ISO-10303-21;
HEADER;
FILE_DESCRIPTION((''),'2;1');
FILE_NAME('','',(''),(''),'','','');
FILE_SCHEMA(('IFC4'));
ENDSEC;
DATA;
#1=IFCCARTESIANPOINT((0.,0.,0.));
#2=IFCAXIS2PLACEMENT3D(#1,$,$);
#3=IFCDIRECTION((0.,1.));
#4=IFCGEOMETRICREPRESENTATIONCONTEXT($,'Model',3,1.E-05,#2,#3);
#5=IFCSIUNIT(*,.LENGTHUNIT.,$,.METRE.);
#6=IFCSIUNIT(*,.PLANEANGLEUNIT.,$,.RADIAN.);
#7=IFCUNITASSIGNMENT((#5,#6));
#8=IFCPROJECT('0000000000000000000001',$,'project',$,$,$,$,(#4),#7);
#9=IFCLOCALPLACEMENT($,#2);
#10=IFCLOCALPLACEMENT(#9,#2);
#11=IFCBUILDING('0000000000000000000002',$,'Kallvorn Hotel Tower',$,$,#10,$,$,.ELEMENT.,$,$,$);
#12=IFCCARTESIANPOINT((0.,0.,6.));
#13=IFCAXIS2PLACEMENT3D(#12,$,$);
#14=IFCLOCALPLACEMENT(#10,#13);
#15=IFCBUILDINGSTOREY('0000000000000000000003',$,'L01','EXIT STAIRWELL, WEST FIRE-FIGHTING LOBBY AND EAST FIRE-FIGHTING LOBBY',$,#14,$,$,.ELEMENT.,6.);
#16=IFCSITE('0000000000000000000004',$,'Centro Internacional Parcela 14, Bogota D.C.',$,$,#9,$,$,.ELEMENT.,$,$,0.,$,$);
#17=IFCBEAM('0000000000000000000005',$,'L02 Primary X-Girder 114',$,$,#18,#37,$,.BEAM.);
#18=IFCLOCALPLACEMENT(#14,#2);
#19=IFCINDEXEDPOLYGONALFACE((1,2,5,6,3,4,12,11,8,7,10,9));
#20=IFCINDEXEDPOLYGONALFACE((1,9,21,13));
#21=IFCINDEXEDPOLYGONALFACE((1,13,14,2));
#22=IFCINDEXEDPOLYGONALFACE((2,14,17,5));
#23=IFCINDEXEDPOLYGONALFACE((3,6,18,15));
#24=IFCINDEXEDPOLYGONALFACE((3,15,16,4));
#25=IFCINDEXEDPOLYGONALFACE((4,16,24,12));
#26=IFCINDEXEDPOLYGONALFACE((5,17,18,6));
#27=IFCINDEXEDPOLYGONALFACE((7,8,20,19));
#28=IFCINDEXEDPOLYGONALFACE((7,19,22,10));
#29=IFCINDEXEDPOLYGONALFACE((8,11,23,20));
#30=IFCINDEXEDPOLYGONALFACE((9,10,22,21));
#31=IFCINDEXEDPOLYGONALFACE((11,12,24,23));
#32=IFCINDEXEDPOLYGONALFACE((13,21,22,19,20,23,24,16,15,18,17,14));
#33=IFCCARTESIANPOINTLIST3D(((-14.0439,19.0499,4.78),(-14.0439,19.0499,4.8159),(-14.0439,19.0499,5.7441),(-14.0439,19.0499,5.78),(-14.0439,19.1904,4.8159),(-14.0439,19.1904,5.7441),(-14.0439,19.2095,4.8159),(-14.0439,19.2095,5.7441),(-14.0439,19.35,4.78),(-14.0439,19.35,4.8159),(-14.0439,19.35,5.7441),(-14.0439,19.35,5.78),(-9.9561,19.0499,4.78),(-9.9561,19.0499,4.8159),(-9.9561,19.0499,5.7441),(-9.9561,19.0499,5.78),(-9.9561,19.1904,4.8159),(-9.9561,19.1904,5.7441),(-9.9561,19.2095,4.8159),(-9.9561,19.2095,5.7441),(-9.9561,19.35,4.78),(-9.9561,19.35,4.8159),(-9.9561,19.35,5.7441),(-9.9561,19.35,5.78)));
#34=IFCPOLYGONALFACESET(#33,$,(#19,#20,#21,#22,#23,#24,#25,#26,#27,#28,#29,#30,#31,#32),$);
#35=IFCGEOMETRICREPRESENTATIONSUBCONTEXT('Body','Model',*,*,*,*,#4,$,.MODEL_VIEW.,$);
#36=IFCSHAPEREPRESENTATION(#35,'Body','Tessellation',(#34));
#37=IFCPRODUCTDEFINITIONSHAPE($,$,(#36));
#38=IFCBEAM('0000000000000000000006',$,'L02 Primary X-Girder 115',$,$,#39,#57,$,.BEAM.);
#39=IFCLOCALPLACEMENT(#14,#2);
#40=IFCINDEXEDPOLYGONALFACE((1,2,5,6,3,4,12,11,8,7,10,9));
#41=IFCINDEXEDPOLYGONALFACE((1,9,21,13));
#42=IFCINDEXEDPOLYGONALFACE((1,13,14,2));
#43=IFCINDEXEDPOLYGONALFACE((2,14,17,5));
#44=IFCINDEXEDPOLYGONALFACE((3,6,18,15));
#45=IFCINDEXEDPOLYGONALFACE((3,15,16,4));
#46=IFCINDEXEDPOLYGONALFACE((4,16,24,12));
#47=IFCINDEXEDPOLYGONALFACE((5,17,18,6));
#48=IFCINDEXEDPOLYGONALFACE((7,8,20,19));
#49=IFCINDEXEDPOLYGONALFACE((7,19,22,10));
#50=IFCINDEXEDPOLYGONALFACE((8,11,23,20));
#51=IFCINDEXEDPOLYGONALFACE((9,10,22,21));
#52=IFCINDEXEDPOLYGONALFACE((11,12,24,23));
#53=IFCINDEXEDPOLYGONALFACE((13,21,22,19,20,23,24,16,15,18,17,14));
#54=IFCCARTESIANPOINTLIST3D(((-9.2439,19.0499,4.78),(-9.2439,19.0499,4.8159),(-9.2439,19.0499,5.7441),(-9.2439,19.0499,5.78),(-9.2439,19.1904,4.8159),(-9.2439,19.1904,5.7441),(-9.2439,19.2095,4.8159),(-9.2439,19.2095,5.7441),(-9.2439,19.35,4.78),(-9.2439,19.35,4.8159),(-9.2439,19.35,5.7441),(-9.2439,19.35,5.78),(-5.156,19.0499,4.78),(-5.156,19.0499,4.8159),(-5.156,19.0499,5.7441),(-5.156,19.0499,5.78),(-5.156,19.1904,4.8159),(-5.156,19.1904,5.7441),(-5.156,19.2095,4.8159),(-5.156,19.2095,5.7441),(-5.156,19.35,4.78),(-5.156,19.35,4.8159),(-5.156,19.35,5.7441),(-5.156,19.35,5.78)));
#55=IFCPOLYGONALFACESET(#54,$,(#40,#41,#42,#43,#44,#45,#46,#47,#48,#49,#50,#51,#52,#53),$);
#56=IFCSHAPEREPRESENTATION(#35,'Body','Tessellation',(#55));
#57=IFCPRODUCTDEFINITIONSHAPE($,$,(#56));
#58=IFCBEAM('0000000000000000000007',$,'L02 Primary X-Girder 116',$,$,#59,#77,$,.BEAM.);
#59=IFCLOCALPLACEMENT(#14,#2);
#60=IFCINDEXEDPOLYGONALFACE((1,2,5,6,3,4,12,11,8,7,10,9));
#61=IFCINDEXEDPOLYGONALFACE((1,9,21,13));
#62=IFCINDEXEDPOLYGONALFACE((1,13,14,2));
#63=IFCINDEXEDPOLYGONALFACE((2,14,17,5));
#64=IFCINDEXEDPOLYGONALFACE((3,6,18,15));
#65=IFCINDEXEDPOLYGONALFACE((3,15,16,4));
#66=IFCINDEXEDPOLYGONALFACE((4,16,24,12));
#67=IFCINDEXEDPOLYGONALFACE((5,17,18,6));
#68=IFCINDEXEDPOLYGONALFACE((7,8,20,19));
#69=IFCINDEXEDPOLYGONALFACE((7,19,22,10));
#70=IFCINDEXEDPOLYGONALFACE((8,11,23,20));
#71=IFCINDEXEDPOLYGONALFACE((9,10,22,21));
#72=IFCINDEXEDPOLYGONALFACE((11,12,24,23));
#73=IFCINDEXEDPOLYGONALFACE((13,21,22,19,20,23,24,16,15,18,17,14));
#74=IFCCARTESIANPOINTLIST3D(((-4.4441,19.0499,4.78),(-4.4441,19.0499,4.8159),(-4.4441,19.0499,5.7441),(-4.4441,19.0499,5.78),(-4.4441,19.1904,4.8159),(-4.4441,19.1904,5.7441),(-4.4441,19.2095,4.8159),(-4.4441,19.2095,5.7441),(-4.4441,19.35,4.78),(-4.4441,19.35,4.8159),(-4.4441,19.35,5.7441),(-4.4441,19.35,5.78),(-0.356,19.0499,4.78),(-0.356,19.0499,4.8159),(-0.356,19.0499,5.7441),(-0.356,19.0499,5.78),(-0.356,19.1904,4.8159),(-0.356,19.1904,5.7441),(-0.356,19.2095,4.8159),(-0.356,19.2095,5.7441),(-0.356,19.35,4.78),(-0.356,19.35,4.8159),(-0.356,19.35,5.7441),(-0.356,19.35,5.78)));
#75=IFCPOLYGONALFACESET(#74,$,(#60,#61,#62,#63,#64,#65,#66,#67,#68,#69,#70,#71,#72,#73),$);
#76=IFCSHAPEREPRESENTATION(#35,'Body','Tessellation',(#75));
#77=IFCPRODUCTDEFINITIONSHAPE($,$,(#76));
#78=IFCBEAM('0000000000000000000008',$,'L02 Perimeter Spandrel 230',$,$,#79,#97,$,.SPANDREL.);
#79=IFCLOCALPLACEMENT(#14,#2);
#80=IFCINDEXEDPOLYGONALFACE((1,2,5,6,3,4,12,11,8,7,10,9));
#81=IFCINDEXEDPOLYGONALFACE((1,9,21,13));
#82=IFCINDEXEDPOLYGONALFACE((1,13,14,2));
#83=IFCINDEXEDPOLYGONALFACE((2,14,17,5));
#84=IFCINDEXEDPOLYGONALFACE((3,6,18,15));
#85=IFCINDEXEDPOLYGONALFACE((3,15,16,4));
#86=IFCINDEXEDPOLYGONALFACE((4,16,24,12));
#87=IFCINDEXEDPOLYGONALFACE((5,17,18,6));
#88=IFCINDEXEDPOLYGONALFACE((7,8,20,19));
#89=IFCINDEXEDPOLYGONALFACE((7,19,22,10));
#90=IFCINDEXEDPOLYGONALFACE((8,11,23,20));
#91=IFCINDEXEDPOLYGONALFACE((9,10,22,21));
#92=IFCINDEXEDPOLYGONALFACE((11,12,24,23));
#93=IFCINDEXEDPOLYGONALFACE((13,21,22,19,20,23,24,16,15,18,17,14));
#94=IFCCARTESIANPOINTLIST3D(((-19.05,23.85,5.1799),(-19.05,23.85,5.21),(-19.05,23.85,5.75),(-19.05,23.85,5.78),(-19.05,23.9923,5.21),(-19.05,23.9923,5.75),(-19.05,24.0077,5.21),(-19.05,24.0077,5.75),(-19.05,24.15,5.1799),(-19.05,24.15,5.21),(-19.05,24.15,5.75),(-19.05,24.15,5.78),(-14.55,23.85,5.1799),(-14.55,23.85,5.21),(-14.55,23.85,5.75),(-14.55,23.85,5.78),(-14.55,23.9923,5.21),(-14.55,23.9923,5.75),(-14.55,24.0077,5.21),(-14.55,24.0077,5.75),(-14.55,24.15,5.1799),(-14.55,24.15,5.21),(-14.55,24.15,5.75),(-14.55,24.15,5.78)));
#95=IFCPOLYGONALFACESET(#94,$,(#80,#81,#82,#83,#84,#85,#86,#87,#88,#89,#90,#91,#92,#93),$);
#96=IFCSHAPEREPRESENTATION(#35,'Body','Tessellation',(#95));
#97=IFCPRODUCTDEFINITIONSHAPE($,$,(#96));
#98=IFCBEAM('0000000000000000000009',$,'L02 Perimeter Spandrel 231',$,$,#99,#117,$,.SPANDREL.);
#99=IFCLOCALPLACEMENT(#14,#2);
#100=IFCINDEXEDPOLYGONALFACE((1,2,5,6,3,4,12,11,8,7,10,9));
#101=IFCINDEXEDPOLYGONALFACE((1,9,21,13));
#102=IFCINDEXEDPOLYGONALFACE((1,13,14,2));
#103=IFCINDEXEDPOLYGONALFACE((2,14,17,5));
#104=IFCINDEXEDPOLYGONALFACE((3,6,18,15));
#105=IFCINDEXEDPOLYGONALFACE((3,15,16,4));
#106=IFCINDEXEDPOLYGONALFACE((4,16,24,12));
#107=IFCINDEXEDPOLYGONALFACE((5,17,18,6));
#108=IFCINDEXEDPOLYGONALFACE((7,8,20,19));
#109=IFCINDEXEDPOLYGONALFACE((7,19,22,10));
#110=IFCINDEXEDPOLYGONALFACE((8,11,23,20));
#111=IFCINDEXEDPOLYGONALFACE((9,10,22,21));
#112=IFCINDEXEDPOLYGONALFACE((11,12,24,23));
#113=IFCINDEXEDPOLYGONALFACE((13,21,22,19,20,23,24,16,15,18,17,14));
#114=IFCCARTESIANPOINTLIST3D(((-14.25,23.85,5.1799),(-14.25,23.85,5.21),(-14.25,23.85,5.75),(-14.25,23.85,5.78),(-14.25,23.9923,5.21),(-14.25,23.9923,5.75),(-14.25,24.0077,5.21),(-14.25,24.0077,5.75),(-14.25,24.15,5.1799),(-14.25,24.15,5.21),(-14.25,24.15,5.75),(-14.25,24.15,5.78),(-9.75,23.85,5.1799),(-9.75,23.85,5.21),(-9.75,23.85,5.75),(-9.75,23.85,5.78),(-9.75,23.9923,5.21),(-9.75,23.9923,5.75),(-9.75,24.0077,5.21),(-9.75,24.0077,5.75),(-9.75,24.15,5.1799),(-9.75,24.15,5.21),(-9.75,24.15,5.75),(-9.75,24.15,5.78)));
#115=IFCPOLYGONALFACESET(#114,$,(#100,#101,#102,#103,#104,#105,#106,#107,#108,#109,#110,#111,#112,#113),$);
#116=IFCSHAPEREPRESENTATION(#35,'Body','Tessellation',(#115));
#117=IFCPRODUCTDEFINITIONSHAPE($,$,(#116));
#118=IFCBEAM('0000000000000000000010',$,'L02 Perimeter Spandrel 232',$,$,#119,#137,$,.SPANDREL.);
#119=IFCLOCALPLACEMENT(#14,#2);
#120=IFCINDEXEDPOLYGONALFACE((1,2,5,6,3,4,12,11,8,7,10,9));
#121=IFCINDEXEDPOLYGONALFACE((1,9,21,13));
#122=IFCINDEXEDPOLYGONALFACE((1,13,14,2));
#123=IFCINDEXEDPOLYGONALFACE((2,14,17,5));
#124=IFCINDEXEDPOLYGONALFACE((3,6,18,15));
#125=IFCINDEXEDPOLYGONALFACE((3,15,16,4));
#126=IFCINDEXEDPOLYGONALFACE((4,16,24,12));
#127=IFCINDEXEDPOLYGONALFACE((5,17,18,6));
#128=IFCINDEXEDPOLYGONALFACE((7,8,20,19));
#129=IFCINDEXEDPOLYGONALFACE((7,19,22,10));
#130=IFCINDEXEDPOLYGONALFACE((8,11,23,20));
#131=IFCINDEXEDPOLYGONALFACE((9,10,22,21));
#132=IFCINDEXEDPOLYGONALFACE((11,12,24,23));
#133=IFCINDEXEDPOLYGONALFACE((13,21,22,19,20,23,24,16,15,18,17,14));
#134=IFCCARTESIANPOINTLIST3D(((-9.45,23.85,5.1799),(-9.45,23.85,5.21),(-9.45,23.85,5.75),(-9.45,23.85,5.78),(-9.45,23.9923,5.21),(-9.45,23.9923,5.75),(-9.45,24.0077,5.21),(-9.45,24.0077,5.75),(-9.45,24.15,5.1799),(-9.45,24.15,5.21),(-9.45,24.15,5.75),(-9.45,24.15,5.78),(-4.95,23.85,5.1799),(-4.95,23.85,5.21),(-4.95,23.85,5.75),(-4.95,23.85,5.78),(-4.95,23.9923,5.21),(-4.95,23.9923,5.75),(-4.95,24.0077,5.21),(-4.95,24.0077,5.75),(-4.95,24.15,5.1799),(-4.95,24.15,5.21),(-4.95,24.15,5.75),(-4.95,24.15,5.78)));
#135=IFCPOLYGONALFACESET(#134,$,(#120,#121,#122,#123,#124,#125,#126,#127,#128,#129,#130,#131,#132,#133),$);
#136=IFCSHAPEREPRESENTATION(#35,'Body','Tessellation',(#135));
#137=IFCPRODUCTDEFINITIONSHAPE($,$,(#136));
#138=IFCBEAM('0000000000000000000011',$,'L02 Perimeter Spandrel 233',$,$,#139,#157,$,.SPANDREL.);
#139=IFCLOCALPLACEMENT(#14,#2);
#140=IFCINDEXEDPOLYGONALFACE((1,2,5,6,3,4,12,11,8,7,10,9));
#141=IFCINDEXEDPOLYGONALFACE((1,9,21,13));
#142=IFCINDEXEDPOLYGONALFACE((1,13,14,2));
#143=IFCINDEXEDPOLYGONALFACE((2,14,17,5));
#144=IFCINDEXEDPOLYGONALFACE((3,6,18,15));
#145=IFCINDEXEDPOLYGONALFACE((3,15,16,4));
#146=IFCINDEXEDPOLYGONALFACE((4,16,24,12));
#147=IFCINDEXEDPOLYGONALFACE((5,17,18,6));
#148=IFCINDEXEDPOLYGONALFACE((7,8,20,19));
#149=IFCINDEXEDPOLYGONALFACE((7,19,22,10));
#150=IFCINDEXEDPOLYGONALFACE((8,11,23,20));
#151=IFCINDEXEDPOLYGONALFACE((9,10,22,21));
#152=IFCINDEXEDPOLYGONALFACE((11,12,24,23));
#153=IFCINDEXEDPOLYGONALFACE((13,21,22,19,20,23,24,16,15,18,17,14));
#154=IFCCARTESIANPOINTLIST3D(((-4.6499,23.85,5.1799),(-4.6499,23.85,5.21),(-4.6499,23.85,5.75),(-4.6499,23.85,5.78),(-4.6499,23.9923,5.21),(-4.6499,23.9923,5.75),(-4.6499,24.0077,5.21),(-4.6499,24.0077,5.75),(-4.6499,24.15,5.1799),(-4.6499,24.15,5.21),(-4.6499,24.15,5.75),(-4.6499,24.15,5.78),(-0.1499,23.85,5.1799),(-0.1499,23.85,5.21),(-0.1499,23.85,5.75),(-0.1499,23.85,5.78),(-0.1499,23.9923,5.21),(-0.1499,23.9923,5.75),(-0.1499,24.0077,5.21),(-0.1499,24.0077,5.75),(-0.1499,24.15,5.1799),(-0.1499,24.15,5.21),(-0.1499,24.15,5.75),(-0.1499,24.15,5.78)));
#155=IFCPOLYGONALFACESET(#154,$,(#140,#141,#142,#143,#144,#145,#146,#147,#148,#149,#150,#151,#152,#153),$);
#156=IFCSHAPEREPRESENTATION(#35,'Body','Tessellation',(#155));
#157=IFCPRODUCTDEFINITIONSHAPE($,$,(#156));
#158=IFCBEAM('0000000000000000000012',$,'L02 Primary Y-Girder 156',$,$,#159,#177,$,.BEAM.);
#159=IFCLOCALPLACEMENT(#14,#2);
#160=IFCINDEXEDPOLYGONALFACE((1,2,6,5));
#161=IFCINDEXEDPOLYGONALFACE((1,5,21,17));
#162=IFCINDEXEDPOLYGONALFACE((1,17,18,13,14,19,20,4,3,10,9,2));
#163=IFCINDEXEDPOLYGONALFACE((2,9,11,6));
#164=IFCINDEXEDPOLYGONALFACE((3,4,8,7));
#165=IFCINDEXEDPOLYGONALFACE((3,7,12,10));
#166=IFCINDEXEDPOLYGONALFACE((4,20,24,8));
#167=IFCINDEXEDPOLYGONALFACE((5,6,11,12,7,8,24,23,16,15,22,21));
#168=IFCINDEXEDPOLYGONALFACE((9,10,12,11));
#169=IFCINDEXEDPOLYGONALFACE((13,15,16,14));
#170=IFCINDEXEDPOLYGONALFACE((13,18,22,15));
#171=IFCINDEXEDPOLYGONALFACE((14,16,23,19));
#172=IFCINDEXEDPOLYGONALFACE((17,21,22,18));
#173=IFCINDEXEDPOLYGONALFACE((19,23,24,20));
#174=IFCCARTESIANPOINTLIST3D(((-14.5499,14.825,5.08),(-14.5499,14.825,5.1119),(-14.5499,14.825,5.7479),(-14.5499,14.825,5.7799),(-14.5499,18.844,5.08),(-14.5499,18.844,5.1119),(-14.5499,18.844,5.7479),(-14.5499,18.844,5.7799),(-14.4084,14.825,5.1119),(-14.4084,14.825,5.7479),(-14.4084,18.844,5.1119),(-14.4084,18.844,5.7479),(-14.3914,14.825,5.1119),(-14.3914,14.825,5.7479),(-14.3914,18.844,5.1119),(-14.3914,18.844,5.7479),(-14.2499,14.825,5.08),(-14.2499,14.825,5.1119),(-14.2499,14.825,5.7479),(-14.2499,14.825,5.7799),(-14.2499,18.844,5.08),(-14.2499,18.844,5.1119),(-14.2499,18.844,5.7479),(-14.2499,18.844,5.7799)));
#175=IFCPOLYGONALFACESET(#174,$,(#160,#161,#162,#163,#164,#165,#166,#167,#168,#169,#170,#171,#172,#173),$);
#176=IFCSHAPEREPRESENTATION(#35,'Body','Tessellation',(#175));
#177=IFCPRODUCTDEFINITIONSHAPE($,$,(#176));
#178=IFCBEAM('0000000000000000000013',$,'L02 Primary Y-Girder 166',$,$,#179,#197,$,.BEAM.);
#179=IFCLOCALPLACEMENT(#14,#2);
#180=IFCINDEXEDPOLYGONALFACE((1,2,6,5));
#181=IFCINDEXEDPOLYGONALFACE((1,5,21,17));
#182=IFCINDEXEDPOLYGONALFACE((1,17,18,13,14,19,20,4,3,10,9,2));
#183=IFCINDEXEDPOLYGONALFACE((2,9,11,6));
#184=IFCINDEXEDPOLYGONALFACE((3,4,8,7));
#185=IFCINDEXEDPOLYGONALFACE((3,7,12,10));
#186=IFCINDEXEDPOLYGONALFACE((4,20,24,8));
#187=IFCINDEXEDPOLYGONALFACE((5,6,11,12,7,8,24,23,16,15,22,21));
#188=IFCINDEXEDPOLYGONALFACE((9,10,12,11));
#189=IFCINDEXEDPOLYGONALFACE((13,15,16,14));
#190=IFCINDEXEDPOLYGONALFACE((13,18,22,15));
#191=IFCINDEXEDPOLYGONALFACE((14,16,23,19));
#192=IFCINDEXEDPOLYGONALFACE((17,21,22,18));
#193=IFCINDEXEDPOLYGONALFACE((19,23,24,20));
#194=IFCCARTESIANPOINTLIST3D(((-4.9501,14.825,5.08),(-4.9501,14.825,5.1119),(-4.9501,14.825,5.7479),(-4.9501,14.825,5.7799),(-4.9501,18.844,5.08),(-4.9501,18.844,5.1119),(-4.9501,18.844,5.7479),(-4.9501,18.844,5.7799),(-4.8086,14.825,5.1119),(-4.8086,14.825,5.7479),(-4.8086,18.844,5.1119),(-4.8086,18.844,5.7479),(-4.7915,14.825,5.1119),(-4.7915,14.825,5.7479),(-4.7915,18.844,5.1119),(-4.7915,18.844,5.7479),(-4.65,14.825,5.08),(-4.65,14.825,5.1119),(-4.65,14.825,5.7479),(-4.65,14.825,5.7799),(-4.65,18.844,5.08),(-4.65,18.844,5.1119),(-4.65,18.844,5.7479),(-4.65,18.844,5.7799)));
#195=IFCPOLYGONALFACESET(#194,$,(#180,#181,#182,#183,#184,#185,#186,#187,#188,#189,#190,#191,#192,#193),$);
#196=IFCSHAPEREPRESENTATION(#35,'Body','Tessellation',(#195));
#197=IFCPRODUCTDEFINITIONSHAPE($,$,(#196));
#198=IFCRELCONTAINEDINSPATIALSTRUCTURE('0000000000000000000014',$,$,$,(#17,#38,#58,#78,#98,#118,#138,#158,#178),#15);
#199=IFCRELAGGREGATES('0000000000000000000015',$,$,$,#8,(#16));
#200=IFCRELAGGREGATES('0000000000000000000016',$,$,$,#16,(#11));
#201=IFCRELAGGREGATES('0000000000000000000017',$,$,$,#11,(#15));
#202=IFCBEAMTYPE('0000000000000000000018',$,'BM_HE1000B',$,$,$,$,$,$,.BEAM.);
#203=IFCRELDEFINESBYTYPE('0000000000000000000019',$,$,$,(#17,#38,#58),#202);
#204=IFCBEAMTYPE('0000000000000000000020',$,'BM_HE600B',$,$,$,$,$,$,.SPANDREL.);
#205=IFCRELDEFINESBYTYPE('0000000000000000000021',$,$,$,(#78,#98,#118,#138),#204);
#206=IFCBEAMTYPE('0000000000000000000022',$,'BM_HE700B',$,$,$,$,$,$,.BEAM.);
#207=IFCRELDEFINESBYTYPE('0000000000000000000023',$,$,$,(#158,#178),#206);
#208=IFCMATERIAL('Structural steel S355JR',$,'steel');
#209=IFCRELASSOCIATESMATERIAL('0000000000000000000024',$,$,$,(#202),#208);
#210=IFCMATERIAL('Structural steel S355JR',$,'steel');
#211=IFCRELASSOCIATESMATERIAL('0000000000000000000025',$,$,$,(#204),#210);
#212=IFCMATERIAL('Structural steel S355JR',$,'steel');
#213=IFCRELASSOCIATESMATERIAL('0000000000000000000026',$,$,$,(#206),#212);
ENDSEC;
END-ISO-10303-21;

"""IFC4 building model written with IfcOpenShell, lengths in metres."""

from ifc_helpers import new_model, si_unit, direction, frame, origin, origin_2d, place, context, subcontext, project, spatial, i_section, extrude, material, material_profile, profile_set, type_object, element, save


model = new_model("IFC4")

# Units and contexts
model_context = context("Model", 3, precision=1e-05, world=origin(), true_north=direction((0.0, 1.0)))
body_context = subcontext(model_context, "Body", "Model", "MODEL_VIEW")
ifc_project = project(units=[si_unit("LENGTHUNIT", "METRE"), si_unit("PLANEANGLEUNIT", "RADIAN")], contexts=[model_context])

# Site, building, storey
site_placement = place(None, origin())
site = spatial("IfcSite", under=ifc_project, at=site_placement, Name="Centro Internacional Parcela 14, Bogota D.C.", CompositionType="ELEMENT", RefElevation=0.0)
building_placement = place(site_placement, origin())
building = spatial("IfcBuilding", under=site, at=building_placement, Name="Kallvorn Hotel Tower", CompositionType="ELEMENT")
storey_placement = place(building_placement, frame((0.0, 0.0, 6.0)))
storey = spatial("IfcBuildingStorey", under=building, at=storey_placement, Name="L01", Description="EXIT STAIRWELL, WEST FIRE-FIGHTING LOBBY AND EAST FIRE-FIGHTING LOBBY", CompositionType="ELEMENT", Elevation=6.0)

# Beams
ifc_material_1 = material(Name="Structural steel S355JR", Category="steel")
ifc_material_profile_1 = material_profile(ifc_material_1, i_section(OverallWidth=0.3, OverallDepth=1.0, WebThickness=0.019, FlangeThickness=0.0359, at=origin_2d()), Name="HE 1000 B")
ifc_profile_set_1 = profile_set([ifc_material_profile_1], Name="Structural steel S355JR")
beam_type_1 = type_object("IfcBeamType", Name="BM_HE1000B", PredefinedType="BEAM", material=ifc_profile_set_1)
for number, where, z_axis, x_axis, name in (
    (1, (-14.0439, 19.2, 5.28), (1.0, 0.0, 0.0), (0.0, 1.0, 0.0), "L02 Primary X-Girder 114"),
    (2, (-9.2439, 19.2, 5.28), (1.0, 0.0, 0.0), (0.0, 1.0, 0.0), "L02 Primary X-Girder 115"),
):
    element("IfcBeam", number, at=place(storey_placement, frame(where, z_axis=z_axis, x_axis=x_axis)), inside=storey, type_object=beam_type_1, Name=name, PredefinedType="BEAM", context=body_context, shape_type="SweptSolid", body=[
        extrude(i_section(OverallWidth=0.3, OverallDepth=1.0, WebThickness=0.019, FlangeThickness=0.0359, at=origin_2d()), origin(), (0.0, 0.0, 1.0), 4.0879),
    ])
beam_1_placement = place(storey_placement, frame((-4.4441, 19.2, 5.28), z_axis=(1.0, 0.0, 0.0), x_axis=(0.0, 1.0, 0.0)))
element("IfcBeam", 3, at=beam_1_placement, inside=storey, type_object=beam_type_1, Name="L02 Primary X-Girder 116", PredefinedType="BEAM", context=body_context, shape_type="SweptSolid", body=[
    extrude(i_section(OverallWidth=0.3, OverallDepth=1.0, WebThickness=0.019, FlangeThickness=0.0359, at=origin_2d()), origin(), (0.0, 0.0, 1.0), 4.0881),
])
ifc_material_2 = material(Name="Structural steel S355JR", Category="steel")
ifc_material_profile_2 = material_profile(ifc_material_2, i_section(OverallWidth=0.3, OverallDepth=0.6001, WebThickness=0.0154, FlangeThickness=0.03, at=origin_2d()), Name="HE 600 B")
ifc_profile_set_2 = profile_set([ifc_material_profile_2], Name="Structural steel S355JR")
beam_type_2 = type_object("IfcBeamType", Name="BM_HE600B", PredefinedType="SPANDREL", material=ifc_profile_set_2)
for number, where, z_axis, x_axis, name in (
    (4, (-19.05, 24.0, 5.48), (1.0, 0.0, 0.0), (0.0, 1.0, 0.0), "L02 Perimeter Spandrel 230"),
    (5, (-14.25, 24.0, 5.48), (1.0, 0.0, 0.0), (0.0, 1.0, 0.0), "L02 Perimeter Spandrel 231"),
    (6, (-9.45, 24.0, 5.48), (1.0, 0.0, 0.0), (0.0, 1.0, 0.0), "L02 Perimeter Spandrel 232"),
    (7, (-4.6499, 24.0, 5.48), (1.0, 0.0, 0.0), (0.0, 1.0, 0.0), "L02 Perimeter Spandrel 233"),
):
    element("IfcBeam", number, at=place(storey_placement, frame(where, z_axis=z_axis, x_axis=x_axis)), inside=storey, type_object=beam_type_2, Name=name, PredefinedType="SPANDREL", context=body_context, shape_type="SweptSolid", body=[
        extrude(i_section(OverallWidth=0.3, OverallDepth=0.6001, WebThickness=0.0154, FlangeThickness=0.03, at=origin_2d()), origin(), (0.0, 0.0, 1.0), 4.5),
    ])
ifc_material_3 = material(Name="Structural steel S355JR", Category="steel")
ifc_material_profile_3 = material_profile(ifc_material_3, i_section(OverallWidth=0.3, OverallDepth=0.7, WebThickness=0.0171, FlangeThickness=0.032, at=origin_2d()), Name="HE 700 B")
ifc_profile_set_3 = profile_set([ifc_material_profile_3], Name="Structural steel S355JR")
beam_type_3 = type_object("IfcBeamType", Name="BM_HE700B", PredefinedType="BEAM", material=ifc_profile_set_3)
for number, where, z_axis, x_axis, name in (
    (8, (-14.3999, 14.825, 5.4299), (0.0, 1.0, 0.0), (-1.0, 0.0, 0.0), "L02 Primary Y-Girder 156"),
    (9, (-4.8, 14.825, 5.4299), (0.0, 1.0, 0.0), (-1.0, 0.0, 0.0), "L02 Primary Y-Girder 166"),
):
    element("IfcBeam", number, at=place(storey_placement, frame(where, z_axis=z_axis, x_axis=x_axis)), inside=storey, type_object=beam_type_3, Name=name, PredefinedType="BEAM", context=body_context, shape_type="SweptSolid", body=[
        extrude(i_section(OverallWidth=0.3, OverallDepth=0.7, WebThickness=0.0171, FlangeThickness=0.032, at=origin_2d()), origin(), (0.0, 0.0, 1.0), 4.019),
    ])

save(model, "model.ifc")
